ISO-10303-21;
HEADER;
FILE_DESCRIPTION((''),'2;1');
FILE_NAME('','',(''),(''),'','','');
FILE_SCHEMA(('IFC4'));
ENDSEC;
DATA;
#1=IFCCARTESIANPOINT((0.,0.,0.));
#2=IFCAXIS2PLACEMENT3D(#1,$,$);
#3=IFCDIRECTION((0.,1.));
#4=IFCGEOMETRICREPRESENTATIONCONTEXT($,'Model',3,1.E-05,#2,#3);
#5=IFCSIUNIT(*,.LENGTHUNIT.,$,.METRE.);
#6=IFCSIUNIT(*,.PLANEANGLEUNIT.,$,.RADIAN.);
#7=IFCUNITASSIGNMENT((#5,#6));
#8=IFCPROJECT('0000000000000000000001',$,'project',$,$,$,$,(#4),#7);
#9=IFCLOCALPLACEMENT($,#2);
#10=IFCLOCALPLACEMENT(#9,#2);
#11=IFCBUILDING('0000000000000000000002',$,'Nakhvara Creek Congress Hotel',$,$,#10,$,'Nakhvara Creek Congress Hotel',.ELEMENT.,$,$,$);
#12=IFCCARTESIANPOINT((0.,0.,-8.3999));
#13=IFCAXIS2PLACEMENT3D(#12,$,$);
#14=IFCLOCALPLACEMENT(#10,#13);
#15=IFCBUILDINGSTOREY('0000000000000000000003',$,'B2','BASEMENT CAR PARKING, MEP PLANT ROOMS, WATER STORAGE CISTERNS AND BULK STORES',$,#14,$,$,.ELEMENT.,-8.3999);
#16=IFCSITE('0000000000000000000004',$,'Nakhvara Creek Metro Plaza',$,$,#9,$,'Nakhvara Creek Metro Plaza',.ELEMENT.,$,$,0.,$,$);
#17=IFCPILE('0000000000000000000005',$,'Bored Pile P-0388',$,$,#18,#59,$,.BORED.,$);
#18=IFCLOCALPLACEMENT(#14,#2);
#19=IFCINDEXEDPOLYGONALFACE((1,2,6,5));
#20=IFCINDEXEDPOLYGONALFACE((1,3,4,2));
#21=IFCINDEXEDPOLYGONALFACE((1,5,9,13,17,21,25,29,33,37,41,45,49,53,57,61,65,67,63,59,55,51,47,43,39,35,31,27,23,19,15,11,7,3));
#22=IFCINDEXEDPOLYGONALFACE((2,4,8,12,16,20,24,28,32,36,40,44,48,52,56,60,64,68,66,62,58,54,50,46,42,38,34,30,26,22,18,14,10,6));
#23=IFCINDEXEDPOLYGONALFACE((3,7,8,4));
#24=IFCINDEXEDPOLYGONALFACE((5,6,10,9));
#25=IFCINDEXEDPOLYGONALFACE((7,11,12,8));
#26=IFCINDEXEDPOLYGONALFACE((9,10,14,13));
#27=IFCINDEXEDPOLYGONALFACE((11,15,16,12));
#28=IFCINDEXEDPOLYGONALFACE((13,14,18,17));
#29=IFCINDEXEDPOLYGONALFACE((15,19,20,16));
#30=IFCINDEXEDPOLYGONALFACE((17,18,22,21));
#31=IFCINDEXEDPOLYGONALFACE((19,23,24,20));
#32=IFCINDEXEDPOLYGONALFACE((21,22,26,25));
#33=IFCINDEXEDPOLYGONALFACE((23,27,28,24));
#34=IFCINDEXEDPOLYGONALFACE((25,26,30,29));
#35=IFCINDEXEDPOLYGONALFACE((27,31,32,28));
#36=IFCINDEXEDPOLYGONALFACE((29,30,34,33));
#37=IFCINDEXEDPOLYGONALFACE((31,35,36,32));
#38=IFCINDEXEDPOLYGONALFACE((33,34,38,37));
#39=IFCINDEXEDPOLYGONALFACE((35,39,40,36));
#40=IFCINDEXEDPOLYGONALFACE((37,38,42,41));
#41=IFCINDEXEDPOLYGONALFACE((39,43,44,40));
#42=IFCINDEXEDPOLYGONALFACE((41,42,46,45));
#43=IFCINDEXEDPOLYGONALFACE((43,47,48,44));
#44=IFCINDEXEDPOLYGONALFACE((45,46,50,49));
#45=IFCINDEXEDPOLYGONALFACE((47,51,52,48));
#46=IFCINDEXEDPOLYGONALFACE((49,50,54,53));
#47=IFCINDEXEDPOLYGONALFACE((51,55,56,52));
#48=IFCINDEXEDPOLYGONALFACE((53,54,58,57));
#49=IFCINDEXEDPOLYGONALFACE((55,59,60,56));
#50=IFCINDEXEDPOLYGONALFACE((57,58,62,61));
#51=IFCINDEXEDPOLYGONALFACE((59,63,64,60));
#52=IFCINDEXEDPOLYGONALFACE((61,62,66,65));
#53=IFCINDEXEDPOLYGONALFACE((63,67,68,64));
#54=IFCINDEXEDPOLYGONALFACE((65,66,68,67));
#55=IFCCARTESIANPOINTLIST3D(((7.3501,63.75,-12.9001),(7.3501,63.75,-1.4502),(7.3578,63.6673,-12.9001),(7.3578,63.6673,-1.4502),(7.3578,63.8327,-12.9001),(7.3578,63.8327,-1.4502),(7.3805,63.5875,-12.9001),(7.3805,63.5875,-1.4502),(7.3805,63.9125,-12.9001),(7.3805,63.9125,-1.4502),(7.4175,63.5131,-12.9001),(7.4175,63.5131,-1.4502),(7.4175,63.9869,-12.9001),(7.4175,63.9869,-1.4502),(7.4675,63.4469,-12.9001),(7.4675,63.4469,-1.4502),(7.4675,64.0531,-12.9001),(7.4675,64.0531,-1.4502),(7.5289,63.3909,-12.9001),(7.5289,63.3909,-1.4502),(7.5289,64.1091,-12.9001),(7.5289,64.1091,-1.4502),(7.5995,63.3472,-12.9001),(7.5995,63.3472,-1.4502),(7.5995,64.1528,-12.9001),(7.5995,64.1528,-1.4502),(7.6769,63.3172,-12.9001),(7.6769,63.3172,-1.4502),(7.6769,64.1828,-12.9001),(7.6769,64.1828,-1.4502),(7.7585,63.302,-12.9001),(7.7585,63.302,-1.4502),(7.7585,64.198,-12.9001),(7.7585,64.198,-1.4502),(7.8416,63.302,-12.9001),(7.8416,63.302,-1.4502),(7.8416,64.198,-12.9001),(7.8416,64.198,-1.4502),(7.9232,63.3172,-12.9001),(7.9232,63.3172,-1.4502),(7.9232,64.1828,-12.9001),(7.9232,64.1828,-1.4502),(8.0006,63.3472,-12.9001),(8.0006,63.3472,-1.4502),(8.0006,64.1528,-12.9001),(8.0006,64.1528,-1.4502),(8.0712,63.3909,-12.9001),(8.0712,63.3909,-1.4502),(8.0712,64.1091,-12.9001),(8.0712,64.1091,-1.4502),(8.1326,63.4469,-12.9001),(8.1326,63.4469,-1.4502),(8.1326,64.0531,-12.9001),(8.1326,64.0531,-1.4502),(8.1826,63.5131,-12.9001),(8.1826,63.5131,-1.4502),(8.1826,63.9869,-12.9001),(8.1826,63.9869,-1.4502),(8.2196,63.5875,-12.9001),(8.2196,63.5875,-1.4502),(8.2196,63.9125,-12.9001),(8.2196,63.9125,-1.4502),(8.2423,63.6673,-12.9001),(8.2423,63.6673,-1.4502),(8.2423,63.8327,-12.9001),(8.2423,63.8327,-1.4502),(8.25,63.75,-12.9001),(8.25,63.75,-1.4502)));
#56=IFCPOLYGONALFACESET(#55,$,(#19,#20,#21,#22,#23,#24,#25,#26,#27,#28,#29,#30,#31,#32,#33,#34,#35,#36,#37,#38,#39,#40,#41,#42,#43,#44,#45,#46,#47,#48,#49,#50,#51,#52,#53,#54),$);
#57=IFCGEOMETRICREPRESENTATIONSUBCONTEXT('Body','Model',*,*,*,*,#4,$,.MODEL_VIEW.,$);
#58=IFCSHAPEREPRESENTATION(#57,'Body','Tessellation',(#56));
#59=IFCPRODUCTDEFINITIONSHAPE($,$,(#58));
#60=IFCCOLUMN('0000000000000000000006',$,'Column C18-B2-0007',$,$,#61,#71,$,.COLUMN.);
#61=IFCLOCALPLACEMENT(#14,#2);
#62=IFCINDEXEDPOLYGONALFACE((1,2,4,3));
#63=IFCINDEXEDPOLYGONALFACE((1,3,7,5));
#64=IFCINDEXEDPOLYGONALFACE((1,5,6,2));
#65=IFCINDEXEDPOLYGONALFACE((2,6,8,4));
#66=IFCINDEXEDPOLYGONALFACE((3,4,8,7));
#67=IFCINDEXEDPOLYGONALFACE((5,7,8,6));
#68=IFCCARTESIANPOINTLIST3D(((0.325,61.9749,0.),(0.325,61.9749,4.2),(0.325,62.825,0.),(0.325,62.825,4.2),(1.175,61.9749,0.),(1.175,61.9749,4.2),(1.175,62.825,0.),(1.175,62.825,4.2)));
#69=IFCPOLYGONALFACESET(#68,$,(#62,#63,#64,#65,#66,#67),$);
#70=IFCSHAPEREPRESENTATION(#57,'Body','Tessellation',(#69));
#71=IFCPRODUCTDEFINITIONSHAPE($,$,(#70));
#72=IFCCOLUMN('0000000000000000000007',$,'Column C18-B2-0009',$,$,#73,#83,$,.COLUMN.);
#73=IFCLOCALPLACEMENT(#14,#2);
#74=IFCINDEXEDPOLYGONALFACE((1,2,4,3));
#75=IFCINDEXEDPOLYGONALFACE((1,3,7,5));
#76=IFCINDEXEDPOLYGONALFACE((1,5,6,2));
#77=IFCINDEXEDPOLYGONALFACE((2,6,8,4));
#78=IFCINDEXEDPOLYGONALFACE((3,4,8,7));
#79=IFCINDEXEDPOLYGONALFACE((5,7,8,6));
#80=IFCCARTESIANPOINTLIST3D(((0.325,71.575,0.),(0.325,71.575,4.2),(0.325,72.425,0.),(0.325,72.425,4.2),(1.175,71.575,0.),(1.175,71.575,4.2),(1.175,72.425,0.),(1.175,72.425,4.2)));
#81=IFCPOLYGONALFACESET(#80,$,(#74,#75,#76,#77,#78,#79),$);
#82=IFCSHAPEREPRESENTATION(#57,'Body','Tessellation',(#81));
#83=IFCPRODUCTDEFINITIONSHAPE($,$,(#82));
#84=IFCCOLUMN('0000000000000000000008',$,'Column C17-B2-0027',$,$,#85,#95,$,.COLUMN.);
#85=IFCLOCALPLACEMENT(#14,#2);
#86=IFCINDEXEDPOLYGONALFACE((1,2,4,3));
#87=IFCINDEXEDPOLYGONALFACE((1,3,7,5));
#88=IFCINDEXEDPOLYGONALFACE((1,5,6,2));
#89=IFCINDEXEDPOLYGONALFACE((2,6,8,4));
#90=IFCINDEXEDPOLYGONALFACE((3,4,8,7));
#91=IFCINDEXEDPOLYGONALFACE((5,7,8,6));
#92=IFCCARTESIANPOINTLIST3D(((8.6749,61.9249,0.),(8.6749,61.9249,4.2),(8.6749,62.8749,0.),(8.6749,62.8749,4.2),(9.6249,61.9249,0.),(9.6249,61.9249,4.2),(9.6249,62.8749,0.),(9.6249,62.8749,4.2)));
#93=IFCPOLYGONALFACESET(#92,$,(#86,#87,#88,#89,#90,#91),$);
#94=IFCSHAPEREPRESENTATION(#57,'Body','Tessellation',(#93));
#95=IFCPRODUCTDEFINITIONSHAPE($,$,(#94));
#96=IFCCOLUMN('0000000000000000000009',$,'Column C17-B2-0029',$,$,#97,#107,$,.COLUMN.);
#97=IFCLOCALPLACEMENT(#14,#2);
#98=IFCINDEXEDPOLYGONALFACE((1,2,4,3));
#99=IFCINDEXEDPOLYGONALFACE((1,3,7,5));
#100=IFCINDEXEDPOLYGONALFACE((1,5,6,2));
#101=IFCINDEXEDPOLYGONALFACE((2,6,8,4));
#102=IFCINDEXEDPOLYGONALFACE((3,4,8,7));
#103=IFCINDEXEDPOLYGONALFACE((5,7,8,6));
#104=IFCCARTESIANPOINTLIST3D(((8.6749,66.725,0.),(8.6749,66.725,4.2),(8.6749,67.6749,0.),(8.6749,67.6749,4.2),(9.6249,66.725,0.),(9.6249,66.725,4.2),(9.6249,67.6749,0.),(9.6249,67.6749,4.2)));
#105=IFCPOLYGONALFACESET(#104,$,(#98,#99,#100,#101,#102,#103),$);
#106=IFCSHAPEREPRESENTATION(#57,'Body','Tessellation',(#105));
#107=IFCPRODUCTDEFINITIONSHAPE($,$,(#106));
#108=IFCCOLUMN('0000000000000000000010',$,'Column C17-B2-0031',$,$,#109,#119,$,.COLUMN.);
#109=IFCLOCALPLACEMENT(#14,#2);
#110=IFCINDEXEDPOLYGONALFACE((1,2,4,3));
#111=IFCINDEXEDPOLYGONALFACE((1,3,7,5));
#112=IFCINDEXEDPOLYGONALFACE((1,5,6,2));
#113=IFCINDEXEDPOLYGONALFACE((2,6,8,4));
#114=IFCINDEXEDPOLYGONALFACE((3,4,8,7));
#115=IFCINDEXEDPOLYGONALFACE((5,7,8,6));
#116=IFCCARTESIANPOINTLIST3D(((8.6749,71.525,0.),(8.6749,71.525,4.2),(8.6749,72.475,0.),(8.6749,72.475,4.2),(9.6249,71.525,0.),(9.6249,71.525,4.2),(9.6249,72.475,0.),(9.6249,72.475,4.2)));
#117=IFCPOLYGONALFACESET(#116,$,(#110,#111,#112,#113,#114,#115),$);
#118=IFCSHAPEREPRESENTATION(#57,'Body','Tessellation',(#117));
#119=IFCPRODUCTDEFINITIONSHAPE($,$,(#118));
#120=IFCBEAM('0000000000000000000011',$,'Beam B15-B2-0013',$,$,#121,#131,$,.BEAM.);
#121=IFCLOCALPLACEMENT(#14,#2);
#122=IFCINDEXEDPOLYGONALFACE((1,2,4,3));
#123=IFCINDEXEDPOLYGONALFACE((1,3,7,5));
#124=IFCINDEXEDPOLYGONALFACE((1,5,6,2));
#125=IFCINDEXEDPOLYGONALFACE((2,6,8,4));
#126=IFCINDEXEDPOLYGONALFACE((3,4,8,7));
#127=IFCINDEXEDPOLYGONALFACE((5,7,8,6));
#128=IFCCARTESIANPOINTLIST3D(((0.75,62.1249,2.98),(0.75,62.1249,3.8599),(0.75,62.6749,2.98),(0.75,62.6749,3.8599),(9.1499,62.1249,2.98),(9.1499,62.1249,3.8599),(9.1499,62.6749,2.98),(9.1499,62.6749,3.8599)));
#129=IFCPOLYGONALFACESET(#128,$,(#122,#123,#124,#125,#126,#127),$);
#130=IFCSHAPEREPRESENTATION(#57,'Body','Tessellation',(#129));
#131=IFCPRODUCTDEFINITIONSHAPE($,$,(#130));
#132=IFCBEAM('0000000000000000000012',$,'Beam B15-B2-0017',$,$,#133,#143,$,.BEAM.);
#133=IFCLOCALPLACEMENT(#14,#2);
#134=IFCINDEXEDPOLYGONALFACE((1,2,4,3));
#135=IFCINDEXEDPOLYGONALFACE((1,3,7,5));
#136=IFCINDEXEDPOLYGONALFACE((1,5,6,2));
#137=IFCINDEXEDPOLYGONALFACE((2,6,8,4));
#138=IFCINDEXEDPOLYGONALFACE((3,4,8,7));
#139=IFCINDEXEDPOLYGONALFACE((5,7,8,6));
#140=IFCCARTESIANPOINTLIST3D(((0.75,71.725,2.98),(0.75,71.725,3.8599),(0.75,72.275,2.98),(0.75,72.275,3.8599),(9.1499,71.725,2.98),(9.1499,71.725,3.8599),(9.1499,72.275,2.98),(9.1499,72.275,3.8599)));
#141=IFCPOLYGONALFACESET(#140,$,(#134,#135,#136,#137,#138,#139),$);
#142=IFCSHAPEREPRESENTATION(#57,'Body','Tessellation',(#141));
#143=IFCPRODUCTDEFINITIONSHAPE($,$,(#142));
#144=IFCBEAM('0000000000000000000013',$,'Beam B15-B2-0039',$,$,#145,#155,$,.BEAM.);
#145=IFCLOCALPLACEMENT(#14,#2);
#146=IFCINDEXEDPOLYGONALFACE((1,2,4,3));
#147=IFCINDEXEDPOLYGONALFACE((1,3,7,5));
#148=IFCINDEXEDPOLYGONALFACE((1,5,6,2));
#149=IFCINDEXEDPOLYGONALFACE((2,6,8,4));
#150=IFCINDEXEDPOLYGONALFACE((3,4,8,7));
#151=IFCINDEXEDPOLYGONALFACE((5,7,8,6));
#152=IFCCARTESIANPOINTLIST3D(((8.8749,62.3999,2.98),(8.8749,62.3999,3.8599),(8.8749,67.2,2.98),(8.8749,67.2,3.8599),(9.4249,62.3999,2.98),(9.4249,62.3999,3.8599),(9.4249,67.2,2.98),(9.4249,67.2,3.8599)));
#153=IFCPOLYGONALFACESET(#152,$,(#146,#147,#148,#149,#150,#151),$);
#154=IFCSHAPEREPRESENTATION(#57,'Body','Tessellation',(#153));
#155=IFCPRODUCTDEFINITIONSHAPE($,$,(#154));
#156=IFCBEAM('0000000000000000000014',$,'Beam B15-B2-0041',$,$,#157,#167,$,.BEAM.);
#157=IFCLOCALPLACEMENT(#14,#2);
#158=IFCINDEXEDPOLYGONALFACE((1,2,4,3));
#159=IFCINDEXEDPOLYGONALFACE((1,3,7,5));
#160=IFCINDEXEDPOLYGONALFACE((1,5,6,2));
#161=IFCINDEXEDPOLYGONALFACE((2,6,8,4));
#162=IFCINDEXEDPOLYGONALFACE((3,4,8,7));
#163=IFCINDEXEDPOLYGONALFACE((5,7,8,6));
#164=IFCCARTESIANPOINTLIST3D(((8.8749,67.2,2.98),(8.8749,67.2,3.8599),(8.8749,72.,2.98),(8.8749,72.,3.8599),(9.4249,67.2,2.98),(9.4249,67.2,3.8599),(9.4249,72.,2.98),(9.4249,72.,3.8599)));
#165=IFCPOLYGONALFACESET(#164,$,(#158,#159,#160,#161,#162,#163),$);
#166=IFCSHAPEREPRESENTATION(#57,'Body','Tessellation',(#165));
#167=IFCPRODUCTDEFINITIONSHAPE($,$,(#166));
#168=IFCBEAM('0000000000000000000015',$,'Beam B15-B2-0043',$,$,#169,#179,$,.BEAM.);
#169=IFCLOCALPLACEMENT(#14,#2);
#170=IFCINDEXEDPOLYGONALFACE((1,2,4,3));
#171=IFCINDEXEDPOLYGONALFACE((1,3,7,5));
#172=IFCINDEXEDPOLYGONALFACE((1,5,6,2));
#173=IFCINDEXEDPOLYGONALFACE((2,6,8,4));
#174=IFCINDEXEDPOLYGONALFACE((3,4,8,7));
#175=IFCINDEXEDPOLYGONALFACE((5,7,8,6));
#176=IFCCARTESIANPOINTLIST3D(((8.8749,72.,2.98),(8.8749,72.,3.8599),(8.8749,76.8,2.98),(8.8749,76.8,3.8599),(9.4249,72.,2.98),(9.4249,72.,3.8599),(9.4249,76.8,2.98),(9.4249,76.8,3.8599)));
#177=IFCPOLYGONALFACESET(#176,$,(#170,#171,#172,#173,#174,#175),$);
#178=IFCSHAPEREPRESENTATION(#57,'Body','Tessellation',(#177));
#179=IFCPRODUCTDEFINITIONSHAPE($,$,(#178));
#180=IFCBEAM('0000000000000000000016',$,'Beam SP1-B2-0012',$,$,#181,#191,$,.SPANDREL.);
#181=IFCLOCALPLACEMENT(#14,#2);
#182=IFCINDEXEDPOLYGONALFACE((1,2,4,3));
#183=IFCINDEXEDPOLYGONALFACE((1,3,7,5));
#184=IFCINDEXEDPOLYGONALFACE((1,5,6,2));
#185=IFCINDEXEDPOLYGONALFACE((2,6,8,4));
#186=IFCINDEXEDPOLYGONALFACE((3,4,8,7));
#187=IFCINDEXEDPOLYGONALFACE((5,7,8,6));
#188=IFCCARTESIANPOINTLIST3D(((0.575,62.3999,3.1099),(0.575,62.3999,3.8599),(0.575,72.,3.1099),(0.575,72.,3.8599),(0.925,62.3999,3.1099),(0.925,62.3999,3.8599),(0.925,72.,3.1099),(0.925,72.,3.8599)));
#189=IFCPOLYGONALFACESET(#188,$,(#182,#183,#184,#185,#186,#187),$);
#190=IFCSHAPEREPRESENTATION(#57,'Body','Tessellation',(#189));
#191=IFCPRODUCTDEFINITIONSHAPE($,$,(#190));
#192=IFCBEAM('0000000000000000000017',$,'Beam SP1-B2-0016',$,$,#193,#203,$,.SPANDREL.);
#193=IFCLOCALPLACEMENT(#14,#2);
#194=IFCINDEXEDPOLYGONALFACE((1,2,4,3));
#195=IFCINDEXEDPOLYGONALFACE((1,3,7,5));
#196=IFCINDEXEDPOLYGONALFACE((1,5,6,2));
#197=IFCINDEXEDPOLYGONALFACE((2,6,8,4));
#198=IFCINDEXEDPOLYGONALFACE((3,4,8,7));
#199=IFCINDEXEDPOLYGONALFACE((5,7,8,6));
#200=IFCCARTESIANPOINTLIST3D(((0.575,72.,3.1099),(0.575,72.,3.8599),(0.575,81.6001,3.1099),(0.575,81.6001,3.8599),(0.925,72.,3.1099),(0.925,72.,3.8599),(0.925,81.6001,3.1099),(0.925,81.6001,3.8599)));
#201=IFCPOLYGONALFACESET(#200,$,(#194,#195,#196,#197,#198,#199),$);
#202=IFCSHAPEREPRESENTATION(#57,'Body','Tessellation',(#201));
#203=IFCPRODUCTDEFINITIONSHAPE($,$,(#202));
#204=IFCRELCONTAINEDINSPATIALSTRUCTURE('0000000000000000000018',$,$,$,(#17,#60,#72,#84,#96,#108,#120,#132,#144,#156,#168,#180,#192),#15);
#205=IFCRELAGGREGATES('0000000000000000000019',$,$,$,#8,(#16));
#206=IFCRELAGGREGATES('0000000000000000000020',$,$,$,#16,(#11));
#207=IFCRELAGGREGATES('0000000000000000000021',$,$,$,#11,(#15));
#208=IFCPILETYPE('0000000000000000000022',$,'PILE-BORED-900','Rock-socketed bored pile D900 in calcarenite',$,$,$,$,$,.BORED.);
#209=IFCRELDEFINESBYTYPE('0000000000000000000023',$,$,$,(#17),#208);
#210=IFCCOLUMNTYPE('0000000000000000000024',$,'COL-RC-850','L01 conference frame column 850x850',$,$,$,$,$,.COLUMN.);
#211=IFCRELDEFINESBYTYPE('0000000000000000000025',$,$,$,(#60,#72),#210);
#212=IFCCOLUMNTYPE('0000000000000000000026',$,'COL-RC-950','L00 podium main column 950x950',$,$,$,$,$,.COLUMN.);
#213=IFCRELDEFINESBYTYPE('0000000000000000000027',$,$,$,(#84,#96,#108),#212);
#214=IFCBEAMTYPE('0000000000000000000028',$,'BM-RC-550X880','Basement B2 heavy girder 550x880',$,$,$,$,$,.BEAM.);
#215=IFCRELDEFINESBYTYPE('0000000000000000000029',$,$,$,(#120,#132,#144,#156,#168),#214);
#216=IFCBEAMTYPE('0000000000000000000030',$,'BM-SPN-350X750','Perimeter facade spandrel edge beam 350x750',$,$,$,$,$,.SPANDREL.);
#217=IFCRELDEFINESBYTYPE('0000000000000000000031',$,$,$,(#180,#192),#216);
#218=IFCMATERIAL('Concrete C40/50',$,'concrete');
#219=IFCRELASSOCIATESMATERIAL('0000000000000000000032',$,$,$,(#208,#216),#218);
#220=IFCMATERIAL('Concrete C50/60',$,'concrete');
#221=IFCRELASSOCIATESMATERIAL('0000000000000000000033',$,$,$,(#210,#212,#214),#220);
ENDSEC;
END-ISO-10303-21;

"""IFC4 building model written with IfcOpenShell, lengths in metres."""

from ifc_helpers import new_model, si_unit, direction, frame, origin, origin_2d, place, context, subcontext, project, spatial, rectangle, circle, extrude, material, material_profile, profile_set, type_object, element, save


model = new_model("IFC4")

# Units and contexts
model_context = context("Model", 3, precision=1e-05, world=origin(), true_north=direction((0.0, 1.0)))
body_context = subcontext(model_context, "Body", "Model", "MODEL_VIEW")
ifc_project = project(units=[si_unit("LENGTHUNIT", "METRE"), si_unit("PLANEANGLEUNIT", "RADIAN")], contexts=[model_context])

# Site, building, storey
site_placement = place(None, origin())
site = spatial("IfcSite", under=ifc_project, at=site_placement, Name="Nakhvara Creek Metro Plaza", LongName="Nakhvara Creek Metro Plaza", CompositionType="ELEMENT", RefElevation=0.0)
building_placement = place(site_placement, origin())
building = spatial("IfcBuilding", under=site, at=building_placement, Name="Nakhvara Creek Congress Hotel", LongName="Nakhvara Creek Congress Hotel", CompositionType="ELEMENT")
storey_placement = place(building_placement, frame((0.0, 0.0, -8.3999)))
storey = spatial("IfcBuildingStorey", under=building, at=storey_placement, Name="B2", Description="BASEMENT CAR PARKING, MEP PLANT ROOMS, WATER STORAGE CISTERNS AND BULK STORES", CompositionType="ELEMENT", Elevation=-8.3999)

# Shared definitions
ifc_material_1 = material(Name="Concrete C40/50", Category="concrete")

# Pile
ifc_material_profile_1 = material_profile(ifc_material_1, circle(Radius=0.45, at=origin_2d()), Name="BORED PILE D900", Category="LoadBearing")
ifc_profile_set_1 = profile_set([ifc_material_profile_1], Name="Concrete C40/50")
pile_type = type_object("IfcPileType", Name="PILE-BORED-900", Description="Rock-socketed bored pile D900 in calcarenite", PredefinedType="BORED", material=ifc_profile_set_1)
for number, where, z_axis, x_axis, name in (
    (1, (7.8, 63.75, -1.4502), (0.0, 0.0, -1.0), (1.0, 0.0, 0.0), "Bored Pile P-0388"),
):
    element("IfcPile", number, at=place(storey_placement, frame(where, z_axis=z_axis, x_axis=x_axis)), inside=storey, type_object=pile_type, Name=name, PredefinedType="BORED", context=body_context, shape_type="SweptSolid", body=[
        extrude(circle(Radius=0.45, at=origin_2d()), origin(), (0.0, 0.0, 1.0), 11.45),
    ])

# Columns
ifc_material_2 = material(Name="Concrete C50/60", Category="concrete")
ifc_material_profile_2 = material_profile(ifc_material_2, rectangle(XDim=0.8501, YDim=0.8501, at=origin_2d()), Name="RC-COL 850x850", Category="LoadBearing")
ifc_profile_set_2 = profile_set([ifc_material_profile_2], Name="Concrete C50/60")
column_type_1 = type_object("IfcColumnType", Name="COL-RC-850", Description="L01 conference frame column 850x850", PredefinedType="COLUMN", material=ifc_profile_set_2)
for number, where, z_axis, x_axis, name in (
    (2, (0.75, 62.3999, 0.0), (0.0, 0.0, 1.0), (1.0, 0.0, 0.0), "Column C18-B2-0007"),
    (3, (0.75, 72.0, 0.0), (0.0, 0.0, 1.0), (1.0, 0.0, 0.0), "Column C18-B2-0009"),
):
    element("IfcColumn", number, at=place(storey_placement, frame(where, z_axis=z_axis, x_axis=x_axis)), inside=storey, type_object=column_type_1, Name=name, PredefinedType="COLUMN", context=body_context, shape_type="SweptSolid", body=[
        extrude(rectangle(XDim=0.8501, YDim=0.8501, at=origin_2d()), origin(), (0.0, 0.0, 1.0), 4.2),
    ])
ifc_material_profile_3 = material_profile(ifc_material_2, rectangle(XDim=0.95, YDim=0.95, at=origin_2d()), Name="RC-COL 950x950", Category="LoadBearing")
ifc_profile_set_3 = profile_set([ifc_material_profile_3], Name="Concrete C50/60")
column_type_2 = type_object("IfcColumnType", Name="COL-RC-950", Description="L00 podium main column 950x950", PredefinedType="COLUMN", material=ifc_profile_set_3)
for number, where, z_axis, x_axis, name in (
    (4, (9.1499, 62.3999, 0.0), (0.0, 0.0, 1.0), (1.0, 0.0, 0.0), "Column C17-B2-0027"),
    (5, (9.1499, 67.2, 0.0), (0.0, 0.0, 1.0), (1.0, 0.0, 0.0), "Column C17-B2-0029"),
    (6, (9.1499, 72.0, 0.0), (0.0, 0.0, 1.0), (1.0, 0.0, 0.0), "Column C17-B2-0031"),
):
    element("IfcColumn", number, at=place(storey_placement, frame(where, z_axis=z_axis, x_axis=x_axis)), inside=storey, type_object=column_type_2, Name=name, PredefinedType="COLUMN", context=body_context, shape_type="SweptSolid", body=[
        extrude(rectangle(XDim=0.95, YDim=0.95, at=origin_2d()), origin(), (0.0, 0.0, 1.0), 4.2),
    ])

# Beams
ifc_material_profile_4 = material_profile(ifc_material_2, rectangle(XDim=0.55, YDim=0.8799, at=origin_2d()), Name="RC-BM 550x880", Category="LoadBearing")
ifc_profile_set_4 = profile_set([ifc_material_profile_4], Name="Concrete C50/60")
beam_type_1 = type_object("IfcBeamType", Name="BM-RC-550X880", Description="Basement B2 heavy girder 550x880", PredefinedType="BEAM", material=ifc_profile_set_4)
for number, where, z_axis, x_axis, name in (
    (7, (0.75, 62.3999, 3.4199), (1.0, 0.0, 0.0), (0.0, 1.0, 0.0), "Beam B15-B2-0013"),
    (8, (0.75, 72.0, 3.4199), (1.0, 0.0, 0.0), (0.0, 1.0, 0.0), "Beam B15-B2-0017"),
):
    element("IfcBeam", number, at=place(storey_placement, frame(where, z_axis=z_axis, x_axis=x_axis)), inside=storey, type_object=beam_type_1, Name=name, PredefinedType="BEAM", context=body_context, shape_type="SweptSolid", body=[
        extrude(rectangle(XDim=0.55, YDim=0.8799, at=origin_2d()), origin(), (0.0, 0.0, 1.0), 8.3999),
    ])
for number, where, z_axis, x_axis, name in (
    (9, (9.1499, 62.3999, 3.4199), (0.0, 1.0, 0.0), (-1.0, 0.0, 0.0), "Beam B15-B2-0039"),
    (10, (9.1499, 67.2, 3.4199), (0.0, 1.0, 0.0), (-1.0, 0.0, 0.0), "Beam B15-B2-0041"),
    (11, (9.1499, 72.0, 3.4199), (0.0, 1.0, 0.0), (-1.0, 0.0, 0.0), "Beam B15-B2-0043"),
):
    element("IfcBeam", number, at=place(storey_placement, frame(where, z_axis=z_axis, x_axis=x_axis)), inside=storey, type_object=beam_type_1, Name=name, PredefinedType="BEAM", context=body_context, shape_type="SweptSolid", body=[
        extrude(rectangle(XDim=0.55, YDim=0.8799, at=origin_2d()), origin(), (0.0, 0.0, 1.0), 4.8),
    ])
ifc_material_profile_5 = material_profile(ifc_material_1, rectangle(XDim=0.3501, YDim=0.75, at=origin_2d()), Name="RC-SPANDREL 350x750", Category="LoadBearing")
ifc_profile_set_5 = profile_set([ifc_material_profile_5], Name="Concrete C40/50")
beam_type_2 = type_object("IfcBeamType", Name="BM-SPN-350X750", Description="Perimeter facade spandrel edge beam 350x750", PredefinedType="SPANDREL", material=ifc_profile_set_5)
for number, where, z_axis, x_axis, name in (
    (12, (0.75, 62.3999, 3.4849), (0.0, 1.0, 0.0), (-1.0, 0.0, 0.0), "Beam SP1-B2-0012"),
    (13, (0.75, 72.0, 3.4849), (0.0, 1.0, 0.0), (-1.0, 0.0, 0.0), "Beam SP1-B2-0016"),
):
    element("IfcBeam", number, at=place(storey_placement, frame(where, z_axis=z_axis, x_axis=x_axis)), inside=storey, type_object=beam_type_2, Name=name, PredefinedType="SPANDREL", context=body_context, shape_type="SweptSolid", body=[
        extrude(rectangle(XDim=0.3501, YDim=0.75, at=origin_2d()), origin(), (0.0, 0.0, 1.0), 9.6001),
    ])

save(model, "model.ifc")
